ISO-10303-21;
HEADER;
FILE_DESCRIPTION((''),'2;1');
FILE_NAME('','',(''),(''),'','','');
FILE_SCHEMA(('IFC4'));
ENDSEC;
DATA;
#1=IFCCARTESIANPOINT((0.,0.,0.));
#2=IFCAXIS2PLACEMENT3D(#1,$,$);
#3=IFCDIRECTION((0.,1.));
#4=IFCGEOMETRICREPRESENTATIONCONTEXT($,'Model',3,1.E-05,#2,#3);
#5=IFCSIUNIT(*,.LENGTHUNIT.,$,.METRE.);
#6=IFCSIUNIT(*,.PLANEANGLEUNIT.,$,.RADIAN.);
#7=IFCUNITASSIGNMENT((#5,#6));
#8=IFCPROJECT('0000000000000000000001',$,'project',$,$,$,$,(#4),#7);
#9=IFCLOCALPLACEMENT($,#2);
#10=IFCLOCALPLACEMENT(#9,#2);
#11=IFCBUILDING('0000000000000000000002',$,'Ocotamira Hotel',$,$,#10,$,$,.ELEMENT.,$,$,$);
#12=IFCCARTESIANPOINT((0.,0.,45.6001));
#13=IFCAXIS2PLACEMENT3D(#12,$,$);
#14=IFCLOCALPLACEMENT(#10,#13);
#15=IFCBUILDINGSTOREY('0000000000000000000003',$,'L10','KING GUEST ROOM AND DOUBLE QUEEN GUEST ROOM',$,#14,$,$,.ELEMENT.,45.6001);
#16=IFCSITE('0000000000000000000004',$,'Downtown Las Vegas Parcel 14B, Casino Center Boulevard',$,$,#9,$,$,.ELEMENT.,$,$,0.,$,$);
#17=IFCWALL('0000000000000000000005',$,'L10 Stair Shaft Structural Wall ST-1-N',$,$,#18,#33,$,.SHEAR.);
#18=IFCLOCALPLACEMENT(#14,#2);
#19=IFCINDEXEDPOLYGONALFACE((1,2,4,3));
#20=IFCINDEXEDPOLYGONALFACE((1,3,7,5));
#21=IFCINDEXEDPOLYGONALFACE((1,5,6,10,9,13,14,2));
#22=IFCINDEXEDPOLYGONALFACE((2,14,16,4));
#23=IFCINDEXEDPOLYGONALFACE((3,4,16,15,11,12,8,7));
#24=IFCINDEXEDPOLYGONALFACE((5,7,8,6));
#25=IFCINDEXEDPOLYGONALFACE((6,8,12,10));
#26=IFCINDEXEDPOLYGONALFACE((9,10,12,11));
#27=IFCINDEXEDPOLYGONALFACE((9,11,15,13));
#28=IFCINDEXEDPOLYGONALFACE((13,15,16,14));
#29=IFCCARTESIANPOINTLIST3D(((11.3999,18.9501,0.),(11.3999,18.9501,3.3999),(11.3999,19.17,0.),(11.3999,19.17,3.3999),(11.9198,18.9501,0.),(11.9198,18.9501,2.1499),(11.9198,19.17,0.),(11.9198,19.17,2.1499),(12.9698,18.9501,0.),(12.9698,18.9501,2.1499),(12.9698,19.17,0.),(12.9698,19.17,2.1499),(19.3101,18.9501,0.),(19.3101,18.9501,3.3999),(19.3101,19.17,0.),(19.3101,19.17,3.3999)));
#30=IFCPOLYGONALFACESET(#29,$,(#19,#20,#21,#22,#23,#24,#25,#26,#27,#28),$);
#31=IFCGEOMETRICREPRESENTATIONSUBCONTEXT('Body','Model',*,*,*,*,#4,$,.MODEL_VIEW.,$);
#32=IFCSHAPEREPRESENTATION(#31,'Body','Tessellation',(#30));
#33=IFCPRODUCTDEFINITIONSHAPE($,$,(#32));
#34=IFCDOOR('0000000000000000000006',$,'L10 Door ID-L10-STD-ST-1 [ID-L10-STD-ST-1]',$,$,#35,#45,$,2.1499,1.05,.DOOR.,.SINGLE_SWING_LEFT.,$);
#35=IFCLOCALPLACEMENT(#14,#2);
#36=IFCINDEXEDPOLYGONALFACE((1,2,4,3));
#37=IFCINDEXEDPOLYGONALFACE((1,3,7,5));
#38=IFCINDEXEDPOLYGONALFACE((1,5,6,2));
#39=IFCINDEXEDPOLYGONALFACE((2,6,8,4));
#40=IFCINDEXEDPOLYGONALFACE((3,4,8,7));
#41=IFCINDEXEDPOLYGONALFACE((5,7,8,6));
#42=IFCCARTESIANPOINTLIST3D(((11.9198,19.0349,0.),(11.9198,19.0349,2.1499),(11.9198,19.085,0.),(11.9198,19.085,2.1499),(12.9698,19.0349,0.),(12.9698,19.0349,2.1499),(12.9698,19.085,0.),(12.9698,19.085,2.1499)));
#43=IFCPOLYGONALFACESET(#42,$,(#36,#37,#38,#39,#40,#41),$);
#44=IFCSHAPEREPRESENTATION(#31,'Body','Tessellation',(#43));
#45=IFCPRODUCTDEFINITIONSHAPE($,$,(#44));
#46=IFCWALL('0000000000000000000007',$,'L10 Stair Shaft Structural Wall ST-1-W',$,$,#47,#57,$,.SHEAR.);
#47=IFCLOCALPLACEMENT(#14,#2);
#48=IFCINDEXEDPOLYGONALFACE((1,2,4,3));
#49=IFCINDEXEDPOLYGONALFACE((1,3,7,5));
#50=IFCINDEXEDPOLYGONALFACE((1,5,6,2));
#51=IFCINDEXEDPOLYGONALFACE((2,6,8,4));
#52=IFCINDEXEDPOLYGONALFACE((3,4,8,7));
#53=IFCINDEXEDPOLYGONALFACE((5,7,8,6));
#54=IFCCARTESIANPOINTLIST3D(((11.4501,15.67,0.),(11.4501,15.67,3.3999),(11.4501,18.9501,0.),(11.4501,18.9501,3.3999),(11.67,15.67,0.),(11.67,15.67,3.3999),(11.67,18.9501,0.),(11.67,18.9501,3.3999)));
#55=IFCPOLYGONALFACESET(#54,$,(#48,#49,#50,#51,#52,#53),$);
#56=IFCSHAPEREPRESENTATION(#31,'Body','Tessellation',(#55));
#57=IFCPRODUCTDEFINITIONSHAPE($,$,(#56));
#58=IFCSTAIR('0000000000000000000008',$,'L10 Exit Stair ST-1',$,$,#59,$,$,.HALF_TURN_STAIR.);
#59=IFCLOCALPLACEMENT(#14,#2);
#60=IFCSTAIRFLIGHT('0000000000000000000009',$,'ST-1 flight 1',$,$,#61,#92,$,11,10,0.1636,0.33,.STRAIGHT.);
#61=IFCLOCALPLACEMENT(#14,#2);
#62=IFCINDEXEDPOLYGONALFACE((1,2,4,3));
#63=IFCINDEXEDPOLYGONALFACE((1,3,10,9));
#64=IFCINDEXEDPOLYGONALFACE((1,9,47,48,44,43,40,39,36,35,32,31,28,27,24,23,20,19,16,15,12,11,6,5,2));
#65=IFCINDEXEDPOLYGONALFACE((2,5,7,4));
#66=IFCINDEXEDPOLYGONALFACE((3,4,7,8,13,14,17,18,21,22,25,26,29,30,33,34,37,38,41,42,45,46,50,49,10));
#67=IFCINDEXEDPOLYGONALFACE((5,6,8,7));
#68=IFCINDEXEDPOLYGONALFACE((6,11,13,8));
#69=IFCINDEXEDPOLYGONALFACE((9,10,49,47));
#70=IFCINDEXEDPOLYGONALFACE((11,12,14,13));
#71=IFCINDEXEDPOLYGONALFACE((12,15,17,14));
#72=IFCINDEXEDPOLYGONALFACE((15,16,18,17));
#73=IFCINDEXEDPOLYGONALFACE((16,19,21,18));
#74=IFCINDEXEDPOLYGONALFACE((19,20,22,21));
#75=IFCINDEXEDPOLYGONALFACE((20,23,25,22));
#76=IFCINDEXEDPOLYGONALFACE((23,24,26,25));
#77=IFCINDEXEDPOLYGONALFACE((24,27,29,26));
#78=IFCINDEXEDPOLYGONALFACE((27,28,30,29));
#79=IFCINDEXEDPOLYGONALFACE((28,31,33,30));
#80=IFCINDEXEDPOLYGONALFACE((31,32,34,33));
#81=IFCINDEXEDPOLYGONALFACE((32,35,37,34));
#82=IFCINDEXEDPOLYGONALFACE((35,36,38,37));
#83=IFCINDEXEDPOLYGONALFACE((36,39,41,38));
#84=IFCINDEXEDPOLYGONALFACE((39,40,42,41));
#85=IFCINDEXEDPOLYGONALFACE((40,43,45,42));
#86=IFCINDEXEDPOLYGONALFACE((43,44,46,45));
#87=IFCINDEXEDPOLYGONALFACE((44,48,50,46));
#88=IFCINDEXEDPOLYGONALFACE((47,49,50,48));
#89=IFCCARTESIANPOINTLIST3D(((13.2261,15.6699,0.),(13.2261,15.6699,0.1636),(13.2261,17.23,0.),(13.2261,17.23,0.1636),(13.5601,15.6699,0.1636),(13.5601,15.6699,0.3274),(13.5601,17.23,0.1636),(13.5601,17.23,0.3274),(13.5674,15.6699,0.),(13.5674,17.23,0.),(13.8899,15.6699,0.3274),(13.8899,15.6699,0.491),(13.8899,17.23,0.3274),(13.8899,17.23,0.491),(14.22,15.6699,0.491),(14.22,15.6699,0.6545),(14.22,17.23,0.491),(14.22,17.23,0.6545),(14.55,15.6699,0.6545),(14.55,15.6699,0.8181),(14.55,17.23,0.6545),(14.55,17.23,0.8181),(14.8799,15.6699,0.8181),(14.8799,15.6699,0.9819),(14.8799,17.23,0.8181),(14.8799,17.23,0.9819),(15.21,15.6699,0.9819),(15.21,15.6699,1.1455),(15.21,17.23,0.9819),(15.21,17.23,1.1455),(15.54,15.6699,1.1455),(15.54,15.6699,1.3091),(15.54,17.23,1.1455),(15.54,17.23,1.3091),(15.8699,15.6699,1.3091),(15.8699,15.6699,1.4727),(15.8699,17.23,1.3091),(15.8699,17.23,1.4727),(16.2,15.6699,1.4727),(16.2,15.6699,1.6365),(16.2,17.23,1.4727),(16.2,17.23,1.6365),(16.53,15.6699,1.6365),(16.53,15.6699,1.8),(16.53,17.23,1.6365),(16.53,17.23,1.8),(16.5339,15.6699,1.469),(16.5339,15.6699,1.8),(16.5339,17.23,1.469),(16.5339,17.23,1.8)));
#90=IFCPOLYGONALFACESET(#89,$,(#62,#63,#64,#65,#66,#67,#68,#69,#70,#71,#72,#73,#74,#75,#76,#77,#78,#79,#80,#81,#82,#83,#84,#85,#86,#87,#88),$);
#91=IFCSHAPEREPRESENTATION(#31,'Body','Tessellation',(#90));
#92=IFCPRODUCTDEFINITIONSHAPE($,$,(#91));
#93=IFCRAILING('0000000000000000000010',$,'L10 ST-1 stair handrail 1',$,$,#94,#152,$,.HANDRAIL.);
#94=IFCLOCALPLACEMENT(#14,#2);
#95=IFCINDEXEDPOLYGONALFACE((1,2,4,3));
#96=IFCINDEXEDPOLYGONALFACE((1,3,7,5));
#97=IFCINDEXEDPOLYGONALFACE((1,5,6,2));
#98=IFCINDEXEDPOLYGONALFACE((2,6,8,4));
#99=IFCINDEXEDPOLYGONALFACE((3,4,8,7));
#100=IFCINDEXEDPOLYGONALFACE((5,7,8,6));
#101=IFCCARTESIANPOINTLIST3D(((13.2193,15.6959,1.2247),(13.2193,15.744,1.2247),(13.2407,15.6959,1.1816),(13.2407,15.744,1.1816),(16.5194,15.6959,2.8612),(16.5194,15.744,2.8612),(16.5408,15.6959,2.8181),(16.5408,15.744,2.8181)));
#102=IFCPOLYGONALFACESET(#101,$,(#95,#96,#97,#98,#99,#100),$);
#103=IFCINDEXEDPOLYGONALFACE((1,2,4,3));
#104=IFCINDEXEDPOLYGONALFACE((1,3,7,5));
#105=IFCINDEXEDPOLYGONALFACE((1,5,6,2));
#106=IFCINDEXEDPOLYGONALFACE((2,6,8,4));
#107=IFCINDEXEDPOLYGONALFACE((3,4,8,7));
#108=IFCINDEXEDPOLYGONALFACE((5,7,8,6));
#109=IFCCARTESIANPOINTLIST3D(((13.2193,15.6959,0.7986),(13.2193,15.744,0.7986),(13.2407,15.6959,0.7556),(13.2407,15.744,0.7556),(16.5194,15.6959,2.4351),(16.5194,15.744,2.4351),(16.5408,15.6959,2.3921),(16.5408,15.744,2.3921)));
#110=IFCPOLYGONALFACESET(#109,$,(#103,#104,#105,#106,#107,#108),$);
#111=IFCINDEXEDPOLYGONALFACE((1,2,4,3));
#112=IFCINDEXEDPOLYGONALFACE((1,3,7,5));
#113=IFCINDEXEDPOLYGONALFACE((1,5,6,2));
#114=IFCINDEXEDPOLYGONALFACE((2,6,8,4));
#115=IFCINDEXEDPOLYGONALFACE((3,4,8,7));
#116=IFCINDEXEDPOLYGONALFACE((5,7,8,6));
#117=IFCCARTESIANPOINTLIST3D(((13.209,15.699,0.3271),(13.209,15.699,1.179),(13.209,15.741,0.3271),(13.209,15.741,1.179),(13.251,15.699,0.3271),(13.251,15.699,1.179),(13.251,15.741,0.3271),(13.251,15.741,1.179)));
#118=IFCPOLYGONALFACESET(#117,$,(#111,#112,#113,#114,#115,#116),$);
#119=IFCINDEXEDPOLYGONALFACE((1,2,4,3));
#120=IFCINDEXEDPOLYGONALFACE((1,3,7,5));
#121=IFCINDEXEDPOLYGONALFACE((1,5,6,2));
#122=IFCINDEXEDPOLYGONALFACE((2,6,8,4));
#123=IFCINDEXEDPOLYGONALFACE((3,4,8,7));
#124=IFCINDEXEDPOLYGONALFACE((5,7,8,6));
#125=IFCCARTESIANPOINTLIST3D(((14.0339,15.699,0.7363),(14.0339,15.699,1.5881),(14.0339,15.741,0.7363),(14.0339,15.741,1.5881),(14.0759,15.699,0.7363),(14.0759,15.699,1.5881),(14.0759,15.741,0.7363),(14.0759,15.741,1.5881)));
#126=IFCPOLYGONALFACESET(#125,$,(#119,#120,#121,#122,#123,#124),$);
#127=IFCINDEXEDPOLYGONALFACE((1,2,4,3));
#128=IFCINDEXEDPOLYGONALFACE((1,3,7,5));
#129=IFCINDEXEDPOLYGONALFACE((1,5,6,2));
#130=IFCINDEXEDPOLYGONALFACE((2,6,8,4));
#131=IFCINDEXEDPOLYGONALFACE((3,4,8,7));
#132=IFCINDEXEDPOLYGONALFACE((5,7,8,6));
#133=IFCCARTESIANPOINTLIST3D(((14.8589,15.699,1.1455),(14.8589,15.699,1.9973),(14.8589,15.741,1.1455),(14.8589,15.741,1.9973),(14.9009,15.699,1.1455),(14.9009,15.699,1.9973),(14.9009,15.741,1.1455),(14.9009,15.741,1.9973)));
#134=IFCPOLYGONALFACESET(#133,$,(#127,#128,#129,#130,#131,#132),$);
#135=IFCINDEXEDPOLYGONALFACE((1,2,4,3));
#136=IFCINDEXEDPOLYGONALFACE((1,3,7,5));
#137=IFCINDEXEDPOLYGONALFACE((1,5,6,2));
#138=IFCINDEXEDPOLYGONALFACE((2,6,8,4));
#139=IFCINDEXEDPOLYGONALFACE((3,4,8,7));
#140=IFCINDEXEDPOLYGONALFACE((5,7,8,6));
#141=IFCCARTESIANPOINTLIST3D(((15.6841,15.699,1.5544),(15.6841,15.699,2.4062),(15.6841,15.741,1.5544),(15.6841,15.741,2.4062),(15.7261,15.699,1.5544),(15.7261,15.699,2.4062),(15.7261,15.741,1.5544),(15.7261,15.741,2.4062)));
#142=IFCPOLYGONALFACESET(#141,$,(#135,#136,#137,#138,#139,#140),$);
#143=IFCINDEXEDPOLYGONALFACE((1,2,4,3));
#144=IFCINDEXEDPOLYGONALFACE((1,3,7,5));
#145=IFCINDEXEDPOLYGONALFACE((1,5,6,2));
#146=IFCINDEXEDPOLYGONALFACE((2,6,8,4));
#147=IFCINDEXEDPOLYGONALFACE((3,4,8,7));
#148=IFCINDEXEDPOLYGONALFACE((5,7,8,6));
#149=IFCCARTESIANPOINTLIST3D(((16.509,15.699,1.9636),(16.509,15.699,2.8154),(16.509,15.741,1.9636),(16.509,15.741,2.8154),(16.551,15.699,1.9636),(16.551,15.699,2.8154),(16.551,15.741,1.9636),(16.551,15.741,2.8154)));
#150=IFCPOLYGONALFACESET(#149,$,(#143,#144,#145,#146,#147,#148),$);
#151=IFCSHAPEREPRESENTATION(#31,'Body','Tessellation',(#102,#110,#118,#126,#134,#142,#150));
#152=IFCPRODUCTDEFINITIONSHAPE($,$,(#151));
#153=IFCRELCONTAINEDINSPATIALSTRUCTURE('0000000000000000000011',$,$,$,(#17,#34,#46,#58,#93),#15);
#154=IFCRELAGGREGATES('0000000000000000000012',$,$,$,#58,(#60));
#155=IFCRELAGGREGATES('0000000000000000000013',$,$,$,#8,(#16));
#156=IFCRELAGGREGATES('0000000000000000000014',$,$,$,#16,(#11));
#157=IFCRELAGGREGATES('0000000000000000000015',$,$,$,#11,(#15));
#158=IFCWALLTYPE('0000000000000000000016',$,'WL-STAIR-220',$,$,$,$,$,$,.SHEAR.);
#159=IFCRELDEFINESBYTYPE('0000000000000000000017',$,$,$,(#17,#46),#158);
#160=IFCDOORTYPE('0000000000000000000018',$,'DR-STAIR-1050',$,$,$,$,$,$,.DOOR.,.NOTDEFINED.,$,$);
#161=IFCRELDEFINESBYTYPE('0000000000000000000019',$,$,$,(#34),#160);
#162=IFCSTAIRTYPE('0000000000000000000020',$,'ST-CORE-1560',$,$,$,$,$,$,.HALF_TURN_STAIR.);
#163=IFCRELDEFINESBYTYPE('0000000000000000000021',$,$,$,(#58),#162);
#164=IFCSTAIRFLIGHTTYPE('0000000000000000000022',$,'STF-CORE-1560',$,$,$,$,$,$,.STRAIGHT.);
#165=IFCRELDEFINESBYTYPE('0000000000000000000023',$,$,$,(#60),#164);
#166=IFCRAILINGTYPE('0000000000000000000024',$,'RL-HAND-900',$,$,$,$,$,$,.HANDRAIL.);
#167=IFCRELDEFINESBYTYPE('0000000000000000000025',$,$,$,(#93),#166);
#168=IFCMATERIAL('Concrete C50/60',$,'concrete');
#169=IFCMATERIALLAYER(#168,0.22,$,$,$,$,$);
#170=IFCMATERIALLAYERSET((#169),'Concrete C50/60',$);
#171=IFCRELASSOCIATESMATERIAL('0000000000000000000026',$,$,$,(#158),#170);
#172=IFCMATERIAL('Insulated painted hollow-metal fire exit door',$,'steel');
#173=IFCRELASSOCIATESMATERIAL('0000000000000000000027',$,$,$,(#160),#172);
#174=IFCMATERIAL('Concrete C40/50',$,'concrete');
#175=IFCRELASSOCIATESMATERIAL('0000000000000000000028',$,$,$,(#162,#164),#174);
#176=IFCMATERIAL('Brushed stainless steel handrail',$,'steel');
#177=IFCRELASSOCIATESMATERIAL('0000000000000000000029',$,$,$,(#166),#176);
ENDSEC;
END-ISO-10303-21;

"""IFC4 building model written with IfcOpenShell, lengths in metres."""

from ifc_helpers import new_model, si_unit, direction, frame, frame_2d, origin, origin_2d, place, context, subcontext, project, spatial, polyline, rectangle, outline, extrude, source, transform, mapped, material, layer, layer_set, type_object, element, fill, aggregate, save


model = new_model("IFC4")

# Units and contexts
model_context = context("Model", 3, precision=1e-05, world=origin(), true_north=direction((0.0, 1.0)))
body_context = subcontext(model_context, "Body", "Model", "MODEL_VIEW")
ifc_project = project(units=[si_unit("LENGTHUNIT", "METRE"), si_unit("PLANEANGLEUNIT", "RADIAN")], contexts=[model_context])

# Site, building, storey
site_placement = place(None, origin())
site = spatial("IfcSite", under=ifc_project, at=site_placement, Name="Downtown Las Vegas Parcel 14B, Casino Center Boulevard", CompositionType="ELEMENT", RefElevation=0.0)
building_placement = place(site_placement, origin())
building = spatial("IfcBuilding", under=site, at=building_placement, Name="Ocotamira Hotel", CompositionType="ELEMENT")
storey_placement = place(building_placement, frame((0.0, 0.0, 45.6001)))
storey = spatial("IfcBuildingStorey", under=building, at=storey_placement, Name="L10", Description="KING GUEST ROOM AND DOUBLE QUEEN GUEST ROOM", CompositionType="ELEMENT", Elevation=45.6001)

# Shared definitions
ifc_material_1 = material(Name="Concrete C50/60", Category="concrete")
ifc_layer_1 = layer(ifc_material_1, 0.22)
ifc_layer_set_1 = layer_set([ifc_layer_1], Name="Concrete C50/60")
wall_type_1 = type_object("IfcWallType", Name="WL-STAIR-220", PredefinedType="SHEAR", material=ifc_layer_set_1)

# Wall, opening, door
wall_1_placement = place(storey_placement, frame((11.3999, 19.0601, 0.0), z_axis=(0.0, 0.0, 1.0), x_axis=(1.0, 0.0, 0.0)))
wall_1 = element("IfcWall", 1, at=wall_1_placement, inside=storey, type_object=wall_type_1, Name="L10 Stair Shaft Structural Wall ST-1-N", PredefinedType="SHEAR", context=body_context, shape_type="SweptSolid", body=[
    extrude(rectangle(XDim=7.9102, YDim=0.22, at=frame_2d((3.9551, 0.0))), origin(), (0.0, 0.0, 1.0), 3.3999),
])
opening_1_placement = place(wall_1_placement, frame((0.52, 0.0, 0.0)))
opening_1 = element("IfcOpeningElement", 2, at=opening_1_placement, cuts=wall_1, PredefinedType="OPENING", context=body_context, shape_type="SweptSolid", body=[
    extrude(rectangle(XDim=1.05, YDim=2.1499, at=frame_2d((0.5249, 1.075))), frame((0.0, 0.1201, 0.0), z_axis=(0.0, -1.0, 0.0), x_axis=(1.0, 0.0, 0.0)), (0.0, 0.0, 1.0), 0.24),
])
ifc_material_2 = material(Name="Insulated painted hollow-metal fire exit door", Category="steel")
door_type_1 = type_object("IfcDoorType", Name="DR-STAIR-1050", OperationType="NOTDEFINED", PredefinedType="DOOR", material=ifc_material_2)
shared_shape_1 = source(origin(), body_context, "Body", "SweptSolid", [
    extrude(rectangle(XDim=1.05, YDim=2.1499, at=frame_2d((0.5249, 1.075))), frame((0.0, 0.0249, 0.0), z_axis=(0.0, -1.0, 0.0), x_axis=(1.0, 0.0, 0.0)), (0.0, 0.0, 1.0), 0.05),
])
door_1_placement = place(opening_1_placement, origin())
door_1 = element("IfcDoor", 3, at=door_1_placement, inside=storey, type_object=door_type_1, Name="L10 Door ID-L10-STD-ST-1 [ID-L10-STD-ST-1]", OperationType="SINGLE_SWING_LEFT", OverallHeight=2.1499, OverallWidth=1.05, PredefinedType="DOOR", context=body_context, shape_type="MappedRepresentation", body=[
    mapped(shared_shape_1, transform((0.0, 0.0, 0.0), scale=1.0)),
])
fill(opening_1, door_1)

# Wall
wall_2_placement = place(storey_placement, frame((11.5601, 15.6699, 0.0), z_axis=(0.0, 0.0, 1.0), x_axis=(0.0, 1.0, 0.0)))
element("IfcWall", 4, at=wall_2_placement, inside=storey, type_object=wall_type_1, Name="L10 Stair Shaft Structural Wall ST-1-W", PredefinedType="SHEAR", context=body_context, shape_type="SweptSolid", body=[
    extrude(rectangle(XDim=3.28, YDim=0.22, at=frame_2d((1.6401, 0.0))), origin(), (0.0, 0.0, 1.0), 3.3999),
])

# Stair, stair flight
ifc_material_3 = material(Name="Concrete C40/50", Category="concrete")
stair_type = type_object("IfcStairType", Name="ST-CORE-1560", PredefinedType="HALF_TURN_STAIR", material=ifc_material_3)
stair_placement = place(storey_placement, origin())
stair = element("IfcStair", 5, at=stair_placement, inside=storey, type_object=stair_type, Name="L10 Exit Stair ST-1", PredefinedType="HALF_TURN_STAIR")
stair_flight_type = type_object("IfcStairFlightType", Name="STF-CORE-1560", PredefinedType="STRAIGHT", material=ifc_material_3)
shared_shape_2 = source(origin(), body_context, "Body", "SweptSolid", [
    extrude(outline(polyline([(-0.0039, 0.0), (-0.0039, 0.1636), (0.3301, 0.1636), (0.3301, 0.3274), (0.6599, 0.3274), (0.6599, 0.491), (0.99, 0.491), (0.99, 0.6545), (1.3201, 0.6545), (1.3201, 0.8181), (1.6499, 0.8181), (1.6499, 0.9819), (1.98, 0.9819), (1.98, 1.1455), (2.3101, 1.1455), (2.3101, 1.3091), (2.6399, 1.3091), (2.6399, 1.4727), (2.97, 1.4727), (2.97, 1.6365), (3.3, 1.6365), (3.3, 1.8), (3.304, 1.8), (3.304, 1.469), (0.3374, 0.0), (-0.0039, 0.0)])), frame((0.0, 0.78, 0.0), z_axis=(0.0, -1.0, 0.0), x_axis=(1.0, 0.0, 0.0)), (0.0, 0.0, 1.0), 1.5601),
])
stair_flight_placement = place(storey_placement, frame((13.23, 16.45, 0.0), z_axis=(0.0, 0.0, 1.0), x_axis=(1.0, 0.0, 0.0)))
stair_flight = element("IfcStairFlight", 6, at=stair_flight_placement, type_object=stair_flight_type, Name="ST-1 flight 1", NumberOfRisers=11, NumberOfTreads=10, PredefinedType="STRAIGHT", RiserHeight=0.1636, TreadLength=0.33, context=body_context, shape_type="MappedRepresentation", body=[
    mapped(shared_shape_2, transform((0.0, 0.0, 0.0), scale=1.0)),
])
aggregate(stair, [stair_flight])

# Railing
ifc_material_4 = material(Name="Brushed stainless steel handrail", Category="steel")
railing_type_1 = type_object("IfcRailingType", Name="RL-HAND-900", PredefinedType="HANDRAIL", material=ifc_material_4)
railing_1_placement = place(storey_placement, frame((13.23, 15.72, 0.3271)))
element("IfcRailing", 7, at=railing_1_placement, inside=storey, type_object=railing_type_1, Name="L10 ST-1 stair handrail 1", PredefinedType="HANDRAIL", context=body_context, shape_type="SweptSolid", body=[
    extrude(rectangle(XDim=0.0481, YDim=0.0481, at=origin_2d()), frame((0.0, 0.0, 0.876), z_axis=(0.895894, 0.0, 0.444268), x_axis=(0.0, 1.0, 0.0)), (0.0, 0.0, 1.0), 3.6836),
    extrude(rectangle(XDim=0.0481, YDim=0.0481, at=origin_2d()), frame((0.0, 0.0, 0.45), z_axis=(0.895894, 0.0, 0.444268), x_axis=(0.0, 1.0, 0.0)), (0.0, 0.0, 1.0), 3.6836),
    extrude(rectangle(XDim=0.042, YDim=0.042, at=origin_2d()), origin(), (0.0, 0.0, 1.0), 0.8518),
    extrude(rectangle(XDim=0.042, YDim=0.042, at=origin_2d()), frame((0.825, 0.0, 0.4092)), (0.0, 0.0, 1.0), 0.8518),
    extrude(rectangle(XDim=0.042, YDim=0.042, at=origin_2d()), frame((1.6499, 0.0, 0.8184)), (0.0, 0.0, 1.0), 0.8518),
    extrude(rectangle(XDim=0.042, YDim=0.042, at=origin_2d()), frame((2.4751, 0.0, 1.2273)), (0.0, 0.0, 1.0), 0.8518),
    extrude(rectangle(XDim=0.042, YDim=0.042, at=origin_2d()), frame((3.3, 0.0, 1.6365)), (0.0, 0.0, 1.0), 0.8518),
])

save(model, "model.ifc")
